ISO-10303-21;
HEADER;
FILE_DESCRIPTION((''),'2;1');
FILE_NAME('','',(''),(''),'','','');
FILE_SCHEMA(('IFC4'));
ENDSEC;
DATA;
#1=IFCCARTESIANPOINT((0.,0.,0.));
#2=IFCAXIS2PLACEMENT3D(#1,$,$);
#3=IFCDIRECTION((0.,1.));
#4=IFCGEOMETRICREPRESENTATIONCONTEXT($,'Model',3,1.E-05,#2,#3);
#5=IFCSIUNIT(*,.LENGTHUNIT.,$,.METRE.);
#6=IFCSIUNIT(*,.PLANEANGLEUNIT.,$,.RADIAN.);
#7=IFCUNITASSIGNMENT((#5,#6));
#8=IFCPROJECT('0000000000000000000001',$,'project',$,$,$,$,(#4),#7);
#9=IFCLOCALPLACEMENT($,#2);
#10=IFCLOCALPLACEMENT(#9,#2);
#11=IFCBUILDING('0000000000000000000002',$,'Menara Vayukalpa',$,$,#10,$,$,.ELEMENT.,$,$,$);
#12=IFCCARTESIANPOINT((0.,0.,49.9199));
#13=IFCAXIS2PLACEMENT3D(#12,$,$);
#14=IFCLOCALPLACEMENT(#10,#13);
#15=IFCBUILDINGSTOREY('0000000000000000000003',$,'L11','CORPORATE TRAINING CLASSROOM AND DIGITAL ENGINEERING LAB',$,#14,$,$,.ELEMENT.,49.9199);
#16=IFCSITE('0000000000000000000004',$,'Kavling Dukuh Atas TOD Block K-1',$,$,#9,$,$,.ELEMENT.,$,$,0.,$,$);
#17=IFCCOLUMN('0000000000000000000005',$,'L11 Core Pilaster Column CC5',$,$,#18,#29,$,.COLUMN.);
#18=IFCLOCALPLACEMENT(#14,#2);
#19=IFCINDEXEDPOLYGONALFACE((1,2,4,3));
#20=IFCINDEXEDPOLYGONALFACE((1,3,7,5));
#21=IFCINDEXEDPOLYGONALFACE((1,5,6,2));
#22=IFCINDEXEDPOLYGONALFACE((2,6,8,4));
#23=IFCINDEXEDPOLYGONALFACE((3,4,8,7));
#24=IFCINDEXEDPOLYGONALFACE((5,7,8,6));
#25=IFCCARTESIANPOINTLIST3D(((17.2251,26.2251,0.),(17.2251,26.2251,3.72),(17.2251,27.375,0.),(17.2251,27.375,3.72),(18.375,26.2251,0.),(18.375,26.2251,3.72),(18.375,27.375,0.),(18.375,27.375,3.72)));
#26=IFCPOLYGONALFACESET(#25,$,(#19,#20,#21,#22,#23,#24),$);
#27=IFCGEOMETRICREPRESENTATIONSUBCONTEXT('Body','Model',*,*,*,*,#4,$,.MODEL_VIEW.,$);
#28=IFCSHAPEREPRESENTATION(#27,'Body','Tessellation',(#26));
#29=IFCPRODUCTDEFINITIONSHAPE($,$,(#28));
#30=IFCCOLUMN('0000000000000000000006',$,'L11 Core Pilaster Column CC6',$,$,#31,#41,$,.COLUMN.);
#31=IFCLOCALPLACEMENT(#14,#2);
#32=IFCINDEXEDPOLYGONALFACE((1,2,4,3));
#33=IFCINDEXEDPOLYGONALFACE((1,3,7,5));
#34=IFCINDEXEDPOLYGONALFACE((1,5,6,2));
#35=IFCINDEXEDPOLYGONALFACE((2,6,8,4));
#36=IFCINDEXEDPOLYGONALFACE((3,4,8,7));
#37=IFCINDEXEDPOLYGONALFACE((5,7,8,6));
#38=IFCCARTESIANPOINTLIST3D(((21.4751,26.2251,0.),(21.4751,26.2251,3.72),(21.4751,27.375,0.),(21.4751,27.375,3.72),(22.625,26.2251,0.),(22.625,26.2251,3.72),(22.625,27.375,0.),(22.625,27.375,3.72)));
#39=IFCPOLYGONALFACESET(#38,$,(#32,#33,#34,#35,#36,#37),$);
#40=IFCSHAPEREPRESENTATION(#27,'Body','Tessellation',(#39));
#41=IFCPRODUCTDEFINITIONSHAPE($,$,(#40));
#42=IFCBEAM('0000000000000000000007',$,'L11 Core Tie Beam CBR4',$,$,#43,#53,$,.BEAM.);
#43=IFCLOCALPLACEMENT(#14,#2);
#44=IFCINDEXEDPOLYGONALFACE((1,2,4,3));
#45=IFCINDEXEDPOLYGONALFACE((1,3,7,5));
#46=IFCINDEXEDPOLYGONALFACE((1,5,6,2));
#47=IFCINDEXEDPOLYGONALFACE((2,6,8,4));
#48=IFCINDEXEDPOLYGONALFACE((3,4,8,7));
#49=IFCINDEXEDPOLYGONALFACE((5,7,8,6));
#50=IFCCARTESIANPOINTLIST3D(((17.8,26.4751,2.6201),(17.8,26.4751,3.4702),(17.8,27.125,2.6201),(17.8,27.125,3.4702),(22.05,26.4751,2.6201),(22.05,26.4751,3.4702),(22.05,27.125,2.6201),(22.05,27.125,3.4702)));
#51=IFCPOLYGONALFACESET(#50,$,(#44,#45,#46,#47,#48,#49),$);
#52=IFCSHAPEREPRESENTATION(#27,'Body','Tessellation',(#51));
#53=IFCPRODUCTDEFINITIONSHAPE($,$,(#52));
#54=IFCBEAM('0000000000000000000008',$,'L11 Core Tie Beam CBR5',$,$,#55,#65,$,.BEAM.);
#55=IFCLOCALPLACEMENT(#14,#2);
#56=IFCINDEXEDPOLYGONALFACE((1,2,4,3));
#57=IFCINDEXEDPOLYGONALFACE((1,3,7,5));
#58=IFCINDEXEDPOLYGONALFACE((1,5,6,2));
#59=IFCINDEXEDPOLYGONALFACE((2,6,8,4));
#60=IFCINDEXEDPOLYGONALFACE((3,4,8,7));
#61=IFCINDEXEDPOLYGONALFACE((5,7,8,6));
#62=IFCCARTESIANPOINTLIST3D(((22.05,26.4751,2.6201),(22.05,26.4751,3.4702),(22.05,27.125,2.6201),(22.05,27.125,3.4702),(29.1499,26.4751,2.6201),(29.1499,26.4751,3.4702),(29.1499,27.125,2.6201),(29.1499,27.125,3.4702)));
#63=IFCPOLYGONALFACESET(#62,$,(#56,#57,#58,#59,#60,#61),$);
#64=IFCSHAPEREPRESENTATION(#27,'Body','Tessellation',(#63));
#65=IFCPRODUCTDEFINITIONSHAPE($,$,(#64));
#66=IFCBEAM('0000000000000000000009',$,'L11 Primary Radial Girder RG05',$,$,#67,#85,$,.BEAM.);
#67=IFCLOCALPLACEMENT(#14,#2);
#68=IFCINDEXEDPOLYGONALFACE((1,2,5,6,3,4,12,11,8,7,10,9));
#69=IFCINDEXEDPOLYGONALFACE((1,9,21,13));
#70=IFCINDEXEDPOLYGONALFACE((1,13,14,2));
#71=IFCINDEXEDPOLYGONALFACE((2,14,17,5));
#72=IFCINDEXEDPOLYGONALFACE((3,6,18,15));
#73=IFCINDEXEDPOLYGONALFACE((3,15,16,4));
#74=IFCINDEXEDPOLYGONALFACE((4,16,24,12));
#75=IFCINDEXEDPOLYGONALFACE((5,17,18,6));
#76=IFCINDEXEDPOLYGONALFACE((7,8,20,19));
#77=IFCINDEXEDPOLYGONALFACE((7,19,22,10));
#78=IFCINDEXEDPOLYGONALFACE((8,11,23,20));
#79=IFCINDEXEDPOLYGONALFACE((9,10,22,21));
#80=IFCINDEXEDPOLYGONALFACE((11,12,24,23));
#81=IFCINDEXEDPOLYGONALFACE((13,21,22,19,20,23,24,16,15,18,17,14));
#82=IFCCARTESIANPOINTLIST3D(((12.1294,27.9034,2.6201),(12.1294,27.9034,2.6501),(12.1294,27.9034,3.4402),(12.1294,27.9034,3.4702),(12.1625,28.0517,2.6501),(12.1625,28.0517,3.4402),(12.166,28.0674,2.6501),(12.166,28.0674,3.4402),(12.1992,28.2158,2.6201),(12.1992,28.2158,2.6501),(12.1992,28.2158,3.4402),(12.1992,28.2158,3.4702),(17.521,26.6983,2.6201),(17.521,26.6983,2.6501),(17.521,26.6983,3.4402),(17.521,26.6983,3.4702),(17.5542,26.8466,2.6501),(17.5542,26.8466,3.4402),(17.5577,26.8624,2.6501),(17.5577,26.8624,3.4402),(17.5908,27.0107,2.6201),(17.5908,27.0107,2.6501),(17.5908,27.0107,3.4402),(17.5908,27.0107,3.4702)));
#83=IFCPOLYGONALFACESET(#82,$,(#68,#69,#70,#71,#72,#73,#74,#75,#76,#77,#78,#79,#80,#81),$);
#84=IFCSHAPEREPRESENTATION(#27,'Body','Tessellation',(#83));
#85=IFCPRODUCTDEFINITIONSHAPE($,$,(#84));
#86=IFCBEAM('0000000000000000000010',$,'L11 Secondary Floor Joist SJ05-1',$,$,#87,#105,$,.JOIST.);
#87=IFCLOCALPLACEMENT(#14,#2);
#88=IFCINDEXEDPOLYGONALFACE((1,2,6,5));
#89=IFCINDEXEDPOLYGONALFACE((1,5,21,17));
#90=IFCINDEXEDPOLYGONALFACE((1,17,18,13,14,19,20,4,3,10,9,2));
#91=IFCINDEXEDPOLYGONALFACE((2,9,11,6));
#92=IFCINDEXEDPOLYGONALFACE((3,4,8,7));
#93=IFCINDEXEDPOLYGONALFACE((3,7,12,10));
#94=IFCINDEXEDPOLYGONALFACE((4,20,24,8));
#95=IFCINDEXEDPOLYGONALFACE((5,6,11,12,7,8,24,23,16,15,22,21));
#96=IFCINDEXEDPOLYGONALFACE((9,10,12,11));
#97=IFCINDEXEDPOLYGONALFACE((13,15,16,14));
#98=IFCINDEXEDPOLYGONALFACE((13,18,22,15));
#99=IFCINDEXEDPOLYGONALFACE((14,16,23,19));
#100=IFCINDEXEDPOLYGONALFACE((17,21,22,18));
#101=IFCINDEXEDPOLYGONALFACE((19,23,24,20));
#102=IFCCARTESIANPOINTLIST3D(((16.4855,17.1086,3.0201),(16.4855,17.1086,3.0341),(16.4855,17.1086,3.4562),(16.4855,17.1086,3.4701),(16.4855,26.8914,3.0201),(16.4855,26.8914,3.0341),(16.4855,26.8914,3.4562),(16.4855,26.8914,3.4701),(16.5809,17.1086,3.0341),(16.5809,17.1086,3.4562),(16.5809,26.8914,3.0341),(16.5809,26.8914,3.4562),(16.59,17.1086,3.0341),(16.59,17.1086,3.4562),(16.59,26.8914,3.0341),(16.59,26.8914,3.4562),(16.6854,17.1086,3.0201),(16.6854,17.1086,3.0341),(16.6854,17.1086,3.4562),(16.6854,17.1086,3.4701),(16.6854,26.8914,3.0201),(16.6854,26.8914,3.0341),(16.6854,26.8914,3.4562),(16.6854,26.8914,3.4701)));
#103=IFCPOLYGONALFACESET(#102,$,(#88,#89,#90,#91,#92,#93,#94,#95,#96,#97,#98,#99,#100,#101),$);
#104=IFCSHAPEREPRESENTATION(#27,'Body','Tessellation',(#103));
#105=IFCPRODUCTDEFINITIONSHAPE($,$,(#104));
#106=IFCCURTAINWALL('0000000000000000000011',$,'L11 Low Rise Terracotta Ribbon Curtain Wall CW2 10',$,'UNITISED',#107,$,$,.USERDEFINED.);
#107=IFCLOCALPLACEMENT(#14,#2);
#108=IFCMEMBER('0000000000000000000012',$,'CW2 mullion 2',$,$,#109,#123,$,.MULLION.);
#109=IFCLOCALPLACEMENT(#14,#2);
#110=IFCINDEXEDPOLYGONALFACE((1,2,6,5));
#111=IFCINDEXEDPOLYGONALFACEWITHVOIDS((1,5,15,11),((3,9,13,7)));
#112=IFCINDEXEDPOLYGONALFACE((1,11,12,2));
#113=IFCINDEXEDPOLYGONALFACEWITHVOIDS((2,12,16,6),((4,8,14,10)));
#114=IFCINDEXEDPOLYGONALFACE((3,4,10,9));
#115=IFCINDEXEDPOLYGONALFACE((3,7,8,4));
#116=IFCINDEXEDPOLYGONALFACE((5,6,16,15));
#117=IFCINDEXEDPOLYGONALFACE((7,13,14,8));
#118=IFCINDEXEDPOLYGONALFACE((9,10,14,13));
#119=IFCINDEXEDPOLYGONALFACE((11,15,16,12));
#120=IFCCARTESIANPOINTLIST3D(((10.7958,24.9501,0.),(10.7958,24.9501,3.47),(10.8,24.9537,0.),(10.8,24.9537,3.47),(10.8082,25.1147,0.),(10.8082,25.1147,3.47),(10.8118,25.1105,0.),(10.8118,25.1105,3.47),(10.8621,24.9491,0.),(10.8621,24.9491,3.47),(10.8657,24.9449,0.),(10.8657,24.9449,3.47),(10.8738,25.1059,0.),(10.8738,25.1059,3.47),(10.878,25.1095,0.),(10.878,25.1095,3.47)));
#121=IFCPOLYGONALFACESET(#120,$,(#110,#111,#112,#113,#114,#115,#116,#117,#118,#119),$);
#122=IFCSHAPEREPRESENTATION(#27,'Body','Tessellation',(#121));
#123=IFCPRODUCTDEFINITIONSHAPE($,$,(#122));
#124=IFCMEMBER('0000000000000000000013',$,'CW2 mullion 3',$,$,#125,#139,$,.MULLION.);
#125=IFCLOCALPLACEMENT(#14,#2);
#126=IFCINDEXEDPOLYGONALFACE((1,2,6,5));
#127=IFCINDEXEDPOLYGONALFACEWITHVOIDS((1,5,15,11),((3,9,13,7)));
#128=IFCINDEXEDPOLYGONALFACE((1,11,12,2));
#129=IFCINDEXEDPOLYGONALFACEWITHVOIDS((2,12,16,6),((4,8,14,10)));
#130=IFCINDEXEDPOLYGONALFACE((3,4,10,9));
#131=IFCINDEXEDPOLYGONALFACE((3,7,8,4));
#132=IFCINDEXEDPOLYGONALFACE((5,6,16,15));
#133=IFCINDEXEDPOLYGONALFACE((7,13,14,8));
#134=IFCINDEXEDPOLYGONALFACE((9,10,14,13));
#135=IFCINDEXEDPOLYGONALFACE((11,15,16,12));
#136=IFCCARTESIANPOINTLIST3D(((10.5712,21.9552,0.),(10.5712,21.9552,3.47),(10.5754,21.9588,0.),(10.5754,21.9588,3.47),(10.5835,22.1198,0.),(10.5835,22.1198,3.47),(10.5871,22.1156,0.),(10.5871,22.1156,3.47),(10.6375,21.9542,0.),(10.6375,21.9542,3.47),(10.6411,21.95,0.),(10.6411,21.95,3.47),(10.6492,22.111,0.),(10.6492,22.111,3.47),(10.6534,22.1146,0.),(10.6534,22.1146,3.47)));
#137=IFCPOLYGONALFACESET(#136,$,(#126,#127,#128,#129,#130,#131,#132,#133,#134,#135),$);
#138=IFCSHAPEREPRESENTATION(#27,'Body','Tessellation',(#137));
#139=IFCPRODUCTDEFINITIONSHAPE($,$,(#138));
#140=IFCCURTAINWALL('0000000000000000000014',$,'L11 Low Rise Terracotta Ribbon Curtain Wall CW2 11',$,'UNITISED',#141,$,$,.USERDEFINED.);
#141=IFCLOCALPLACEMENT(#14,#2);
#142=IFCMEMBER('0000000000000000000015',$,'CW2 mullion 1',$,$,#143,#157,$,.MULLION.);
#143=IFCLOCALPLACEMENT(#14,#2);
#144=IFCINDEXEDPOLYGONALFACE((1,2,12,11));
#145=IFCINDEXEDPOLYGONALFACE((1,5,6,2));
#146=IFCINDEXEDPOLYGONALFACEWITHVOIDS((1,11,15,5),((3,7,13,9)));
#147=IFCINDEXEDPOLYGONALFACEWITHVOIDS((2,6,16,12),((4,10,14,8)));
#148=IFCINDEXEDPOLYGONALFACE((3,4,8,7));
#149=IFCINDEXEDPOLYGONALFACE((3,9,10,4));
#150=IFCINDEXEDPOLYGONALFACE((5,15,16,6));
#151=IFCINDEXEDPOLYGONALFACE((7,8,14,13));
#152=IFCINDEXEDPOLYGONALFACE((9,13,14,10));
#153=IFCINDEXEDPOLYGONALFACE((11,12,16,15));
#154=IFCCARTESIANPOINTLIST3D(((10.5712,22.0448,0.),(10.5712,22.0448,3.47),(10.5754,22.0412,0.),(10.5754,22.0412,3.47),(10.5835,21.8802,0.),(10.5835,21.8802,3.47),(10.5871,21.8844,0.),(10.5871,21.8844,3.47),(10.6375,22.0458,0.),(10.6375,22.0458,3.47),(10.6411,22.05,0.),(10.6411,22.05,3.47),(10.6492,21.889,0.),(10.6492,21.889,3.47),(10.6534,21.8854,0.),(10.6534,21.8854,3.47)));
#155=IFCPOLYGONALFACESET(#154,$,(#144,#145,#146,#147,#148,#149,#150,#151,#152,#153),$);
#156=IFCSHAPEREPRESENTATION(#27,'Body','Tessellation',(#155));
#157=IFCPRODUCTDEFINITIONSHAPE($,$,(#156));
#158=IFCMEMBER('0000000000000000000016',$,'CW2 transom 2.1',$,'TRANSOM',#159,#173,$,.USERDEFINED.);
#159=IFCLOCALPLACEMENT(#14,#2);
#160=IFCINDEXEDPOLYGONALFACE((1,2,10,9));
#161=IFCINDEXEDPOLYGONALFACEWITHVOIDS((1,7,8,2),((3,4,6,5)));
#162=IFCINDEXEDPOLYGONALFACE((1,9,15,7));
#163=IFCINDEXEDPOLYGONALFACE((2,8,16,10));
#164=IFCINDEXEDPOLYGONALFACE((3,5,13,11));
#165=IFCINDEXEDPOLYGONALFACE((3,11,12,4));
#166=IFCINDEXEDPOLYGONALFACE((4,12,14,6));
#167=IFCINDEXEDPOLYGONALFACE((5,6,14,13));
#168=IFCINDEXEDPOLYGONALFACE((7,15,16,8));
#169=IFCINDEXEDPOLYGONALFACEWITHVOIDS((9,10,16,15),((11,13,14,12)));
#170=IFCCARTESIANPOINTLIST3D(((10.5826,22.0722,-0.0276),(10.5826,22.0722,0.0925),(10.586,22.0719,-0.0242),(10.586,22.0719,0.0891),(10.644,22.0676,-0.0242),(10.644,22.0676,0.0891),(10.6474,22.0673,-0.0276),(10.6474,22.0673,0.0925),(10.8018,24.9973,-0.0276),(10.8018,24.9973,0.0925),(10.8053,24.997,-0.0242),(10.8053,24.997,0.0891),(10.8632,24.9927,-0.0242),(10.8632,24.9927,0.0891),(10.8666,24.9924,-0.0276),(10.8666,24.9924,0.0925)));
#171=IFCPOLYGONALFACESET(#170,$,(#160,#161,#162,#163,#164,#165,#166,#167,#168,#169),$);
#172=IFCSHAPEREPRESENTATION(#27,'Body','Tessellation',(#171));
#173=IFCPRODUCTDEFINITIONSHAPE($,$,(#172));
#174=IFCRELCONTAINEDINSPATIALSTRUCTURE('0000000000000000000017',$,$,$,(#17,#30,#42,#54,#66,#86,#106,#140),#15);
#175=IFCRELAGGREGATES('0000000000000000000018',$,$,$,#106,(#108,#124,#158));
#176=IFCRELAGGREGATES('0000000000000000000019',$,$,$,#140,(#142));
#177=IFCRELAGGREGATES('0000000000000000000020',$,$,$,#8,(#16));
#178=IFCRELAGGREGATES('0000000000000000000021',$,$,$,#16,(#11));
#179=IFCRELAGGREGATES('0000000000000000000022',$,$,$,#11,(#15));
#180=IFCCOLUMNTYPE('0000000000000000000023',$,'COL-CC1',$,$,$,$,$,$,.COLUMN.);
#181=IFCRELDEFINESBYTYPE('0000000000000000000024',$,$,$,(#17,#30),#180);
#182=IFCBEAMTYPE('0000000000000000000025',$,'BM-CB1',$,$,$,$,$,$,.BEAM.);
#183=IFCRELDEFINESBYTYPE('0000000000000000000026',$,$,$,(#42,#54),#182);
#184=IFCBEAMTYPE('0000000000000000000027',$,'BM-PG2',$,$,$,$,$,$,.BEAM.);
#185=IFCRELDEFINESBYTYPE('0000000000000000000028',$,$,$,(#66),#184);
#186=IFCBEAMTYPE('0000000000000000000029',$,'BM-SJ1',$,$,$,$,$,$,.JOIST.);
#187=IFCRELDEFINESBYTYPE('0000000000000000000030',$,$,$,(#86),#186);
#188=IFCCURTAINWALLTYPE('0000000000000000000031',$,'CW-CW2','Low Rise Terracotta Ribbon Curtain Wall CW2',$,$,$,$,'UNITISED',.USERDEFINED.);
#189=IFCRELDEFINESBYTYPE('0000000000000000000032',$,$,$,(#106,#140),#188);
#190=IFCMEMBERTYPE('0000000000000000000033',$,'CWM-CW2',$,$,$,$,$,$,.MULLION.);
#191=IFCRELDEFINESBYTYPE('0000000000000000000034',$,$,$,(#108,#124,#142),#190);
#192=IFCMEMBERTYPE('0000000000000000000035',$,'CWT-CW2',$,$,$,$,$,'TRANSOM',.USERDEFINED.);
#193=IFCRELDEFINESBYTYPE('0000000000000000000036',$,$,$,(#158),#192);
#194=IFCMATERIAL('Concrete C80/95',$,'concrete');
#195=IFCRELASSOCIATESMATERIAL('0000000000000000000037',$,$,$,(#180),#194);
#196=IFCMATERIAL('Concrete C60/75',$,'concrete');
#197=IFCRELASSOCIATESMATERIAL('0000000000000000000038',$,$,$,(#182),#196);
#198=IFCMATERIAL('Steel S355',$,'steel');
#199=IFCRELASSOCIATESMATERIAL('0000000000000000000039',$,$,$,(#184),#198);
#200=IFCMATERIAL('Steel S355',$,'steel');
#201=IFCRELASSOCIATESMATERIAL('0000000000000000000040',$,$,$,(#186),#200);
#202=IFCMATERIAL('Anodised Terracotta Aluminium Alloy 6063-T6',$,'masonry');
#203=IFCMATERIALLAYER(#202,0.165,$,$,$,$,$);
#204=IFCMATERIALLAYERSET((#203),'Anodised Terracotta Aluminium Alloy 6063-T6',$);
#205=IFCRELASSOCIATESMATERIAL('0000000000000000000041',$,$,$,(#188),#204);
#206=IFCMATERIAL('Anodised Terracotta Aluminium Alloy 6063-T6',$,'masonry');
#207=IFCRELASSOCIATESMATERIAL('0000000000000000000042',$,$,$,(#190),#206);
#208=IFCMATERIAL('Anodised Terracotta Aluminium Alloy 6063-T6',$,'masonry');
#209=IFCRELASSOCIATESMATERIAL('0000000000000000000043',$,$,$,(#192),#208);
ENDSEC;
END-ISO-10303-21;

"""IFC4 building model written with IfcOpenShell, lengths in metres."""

from ifc_helpers import new_model, si_unit, direction, frame, origin, origin_2d, place, context, subcontext, project, spatial, rectangle, hollow_rectangle, i_section, extrude, material, layer, layer_set, material_profile, profile_set, type_object, element, aggregate, save


model = new_model("IFC4")

# Units and contexts
model_context = context("Model", 3, precision=1e-05, world=origin(), true_north=direction((0.0, 1.0)))
body_context = subcontext(model_context, "Body", "Model", "MODEL_VIEW")
ifc_project = project(units=[si_unit("LENGTHUNIT", "METRE"), si_unit("PLANEANGLEUNIT", "RADIAN")], contexts=[model_context])

# Site, building, storey
site_placement = place(None, origin())
site = spatial("IfcSite", under=ifc_project, at=site_placement, Name="Kavling Dukuh Atas TOD Block K-1", CompositionType="ELEMENT", RefElevation=0.0)
building_placement = place(site_placement, origin())
building = spatial("IfcBuilding", under=site, at=building_placement, Name="Menara Vayukalpa", CompositionType="ELEMENT")
storey_placement = place(building_placement, frame((0.0, 0.0, 49.9199)))
storey = spatial("IfcBuildingStorey", under=building, at=storey_placement, Name="L11", Description="CORPORATE TRAINING CLASSROOM AND DIGITAL ENGINEERING LAB", CompositionType="ELEMENT", Elevation=49.9199)

# Columns
ifc_material_1 = material(Name="Concrete C80/95", Category="concrete")
ifc_material_profile_1 = material_profile(ifc_material_1, rectangle(XDim=1.1499, YDim=1.1499, at=origin_2d()), Name="RC 1150x1150")
ifc_profile_set_1 = profile_set([ifc_material_profile_1], Name="Concrete C80/95")
column_type = type_object("IfcColumnType", Name="COL-CC1", PredefinedType="COLUMN", material=ifc_profile_set_1)
for number, where, z_axis, x_axis, name in (
    (1, (17.8, 26.8, 0.0), (0.0, 0.0, 1.0), (1.0, 0.0, 0.0), "L11 Core Pilaster Column CC5"),
    (2, (22.05, 26.8, 0.0), (0.0, 0.0, 1.0), (1.0, 0.0, 0.0), "L11 Core Pilaster Column CC6"),
):
    element("IfcColumn", number, at=place(storey_placement, frame(where, z_axis=z_axis, x_axis=x_axis)), inside=storey, type_object=column_type, Name=name, PredefinedType="COLUMN", context=body_context, shape_type="SweptSolid", body=[
        extrude(rectangle(XDim=1.1499, YDim=1.1499, at=origin_2d()), origin(), (0.0, 0.0, 1.0), 3.72),
    ])

# Beams
ifc_material_2 = material(Name="Concrete C60/75", Category="concrete")
ifc_material_profile_2 = material_profile(ifc_material_2, rectangle(XDim=0.6499, YDim=0.8501, at=origin_2d()), Name="RC 650x850")
ifc_profile_set_2 = profile_set([ifc_material_profile_2], Name="Concrete C60/75")
beam_type_1 = type_object("IfcBeamType", Name="BM-CB1", PredefinedType="BEAM", material=ifc_profile_set_2)
beam_1_placement = place(storey_placement, frame((17.8, 26.8, 3.0452), z_axis=(1.0, 0.0, 0.0), x_axis=(0.0, 1.0, 0.0)))
element("IfcBeam", 3, at=beam_1_placement, inside=storey, type_object=beam_type_1, Name="L11 Core Tie Beam CBR4", PredefinedType="BEAM", context=body_context, shape_type="SweptSolid", body=[
    extrude(rectangle(XDim=0.6499, YDim=0.8501, at=origin_2d()), origin(), (0.0, 0.0, 1.0), 4.25),
])
beam_2_placement = place(storey_placement, frame((22.05, 26.8, 3.0452), z_axis=(1.0, 0.0, 0.0), x_axis=(0.0, 1.0, 0.0)))
element("IfcBeam", 4, at=beam_2_placement, inside=storey, type_object=beam_type_1, Name="L11 Core Tie Beam CBR5", PredefinedType="BEAM", context=body_context, shape_type="SweptSolid", body=[
    extrude(rectangle(XDim=0.6499, YDim=0.8501, at=origin_2d()), origin(), (0.0, 0.0, 1.0), 7.0999),
])
ifc_material_3 = material(Name="Steel S355", Category="steel")
ifc_material_profile_3 = material_profile(ifc_material_3, i_section(OverallWidth=0.3201, OverallDepth=0.8501, WebThickness=0.0161, FlangeThickness=0.03, at=origin_2d()), Name="WF 850x320x16x30")
ifc_profile_set_3 = profile_set([ifc_material_profile_3], Name="Steel S355")
beam_type_2 = type_object("IfcBeamType", Name="BM-PG2", PredefinedType="BEAM", material=ifc_profile_set_3)
beam_3_placement = place(storey_placement, frame((17.5559, 26.8545, 3.0452), z_axis=(-0.97592, 0.218128, 0.0), x_axis=(-0.218128, -0.97592, 0.0)))
element("IfcBeam", 5, at=beam_3_placement, inside=storey, type_object=beam_type_2, Name="L11 Primary Radial Girder RG05", PredefinedType="BEAM", context=body_context, shape_type="SweptSolid", body=[
    extrude(i_section(OverallWidth=0.3201, OverallDepth=0.8501, WebThickness=0.0161, FlangeThickness=0.03, at=origin_2d()), origin(), (0.0, 0.0, 1.0), 5.5247),
])
ifc_material_4 = material(Name="Steel S355", Category="steel")
ifc_material_profile_4 = material_profile(ifc_material_4, i_section(OverallWidth=0.2, OverallDepth=0.45, WebThickness=0.009, FlangeThickness=0.0139, at=origin_2d()), Name="WF 450x200x9x14")
ifc_profile_set_4 = profile_set([ifc_material_profile_4], Name="Steel S355")
beam_type_3 = type_object("IfcBeamType", Name="BM-SJ1", PredefinedType="JOIST", material=ifc_profile_set_4)
beam_4_placement = place(storey_placement, frame((16.5854, 26.8914, 3.2451), z_axis=(0.0, -1.0, 0.0), x_axis=(1.0, 0.0, 0.0)))
element("IfcBeam", 6, at=beam_4_placement, inside=storey, type_object=beam_type_3, Name="L11 Secondary Floor Joist SJ05-1", PredefinedType="JOIST", context=body_context, shape_type="SweptSolid", body=[
    extrude(i_section(OverallWidth=0.2, OverallDepth=0.45, WebThickness=0.009, FlangeThickness=0.0139, at=origin_2d()), origin(), (0.0, 0.0, 1.0), 9.7827),
])

# Curtain wall, members
ifc_material_5 = material(Name="Anodised Terracotta Aluminium Alloy 6063-T6", Category="masonry")
ifc_layer_1 = layer(ifc_material_5, 0.165)
ifc_layer_set_1 = layer_set([ifc_layer_1], Name="Anodised Terracotta Aluminium Alloy 6063-T6")
curtain_wall_type = type_object("IfcCurtainWallType", Name="CW-CW2", Description="Low Rise Terracotta Ribbon Curtain Wall CW2", ElementType="UNITISED", PredefinedType="USERDEFINED", material=ifc_layer_set_1)
curtain_wall_1_placement = place(storey_placement, origin())
curtain_wall_1 = element("IfcCurtainWall", 7, at=curtain_wall_1_placement, inside=storey, type_object=curtain_wall_type, Name="L11 Low Rise Terracotta Ribbon Curtain Wall CW2 10", ObjectType="UNITISED", PredefinedType="USERDEFINED")
ifc_material_6 = material(Name="Anodised Terracotta Aluminium Alloy 6063-T6", Category="masonry")
ifc_material_profile_5 = material_profile(ifc_material_6, hollow_rectangle(XDim=0.0701, YDim=0.165, WallThickness=0.0039, at=origin_2d()), Name="ALU 70x165x4")
ifc_profile_set_5 = profile_set([ifc_material_profile_5], Name="Anodised Terracotta Aluminium Alloy 6063-T6")
member_type_1 = type_object("IfcMemberType", Name="CWM-CW2", PredefinedType="MULLION", material=ifc_profile_set_5)
member_1_placement = place(storey_placement, frame((10.8369, 25.0298, 0.0), z_axis=(0.0, 0.0, 1.0), x_axis=(0.997199, -0.074795, 0.0)))
member_1 = element("IfcMember", 8, at=member_1_placement, type_object=member_type_1, Name="CW2 mullion 2", PredefinedType="MULLION", context=body_context, shape_type="SweptSolid", body=[
    extrude(hollow_rectangle(XDim=0.0701, YDim=0.165, WallThickness=0.0039, at=origin_2d()), origin(), (0.0, 0.0, 1.0), 3.47),
])
member_2_placement = place(storey_placement, frame((10.6123, 22.0349, 0.0), z_axis=(0.0, 0.0, 1.0), x_axis=(0.997199, -0.074795, 0.0)))
member_2 = element("IfcMember", 9, at=member_2_placement, type_object=member_type_1, Name="CW2 mullion 3", PredefinedType="MULLION", context=body_context, shape_type="SweptSolid", body=[
    extrude(hollow_rectangle(XDim=0.0701, YDim=0.165, WallThickness=0.0039, at=origin_2d()), origin(), (0.0, 0.0, 1.0), 3.47),
])

# Curtain wall, member
curtain_wall_2_placement = place(storey_placement, origin())
curtain_wall_2 = element("IfcCurtainWall", 10, at=curtain_wall_2_placement, inside=storey, type_object=curtain_wall_type, Name="L11 Low Rise Terracotta Ribbon Curtain Wall CW2 11", ObjectType="UNITISED", PredefinedType="USERDEFINED")
member_3_placement = place(storey_placement, frame((10.6123, 21.9651, 0.0), z_axis=(0.0, 0.0, 1.0), x_axis=(0.997199, 0.074795, 0.0)))
member_3 = element("IfcMember", 11, at=member_3_placement, type_object=member_type_1, Name="CW2 mullion 1", PredefinedType="MULLION", context=body_context, shape_type="SweptSolid", body=[
    extrude(hollow_rectangle(XDim=0.0701, YDim=0.165, WallThickness=0.0039, at=origin_2d()), origin(), (0.0, 0.0, 1.0), 3.47),
])

# Member
ifc_material_7 = material(Name="Anodised Terracotta Aluminium Alloy 6063-T6", Category="masonry")
ifc_material_profile_6 = material_profile(ifc_material_7, hollow_rectangle(XDim=0.0649, YDim=0.1201, WallThickness=0.0034, at=origin_2d()), Name="ALU 65x120x3.5")
ifc_profile_set_6 = profile_set([ifc_material_profile_6], Name="Anodised Terracotta Aluminium Alloy 6063-T6")
member_type_2 = type_object("IfcMemberType", Name="CWT-CW2", ElementType="TRANSOM", PredefinedType="USERDEFINED", material=ifc_profile_set_6)
member_4_placement = place(storey_placement, frame((10.8342, 24.9949, 0.0325), z_axis=(-0.074742, -0.997203, 0.0), x_axis=(0.997203, -0.074742, 0.0)))
member_4 = element("IfcMember", 12, at=member_4_placement, type_object=member_type_2, Name="CW2 transom 2.1", ObjectType="TRANSOM", PredefinedType="USERDEFINED", context=body_context, shape_type="SweptSolid", body=[
    extrude(hollow_rectangle(XDim=0.0649, YDim=0.1201, WallThickness=0.0034, at=origin_2d()), origin(), (0.0, 0.0, 1.0), 2.9333),
])

aggregate(curtain_wall_1, [member_1, member_2, member_4])
aggregate(curtain_wall_2, [member_3])

save(model, "model.ifc")
